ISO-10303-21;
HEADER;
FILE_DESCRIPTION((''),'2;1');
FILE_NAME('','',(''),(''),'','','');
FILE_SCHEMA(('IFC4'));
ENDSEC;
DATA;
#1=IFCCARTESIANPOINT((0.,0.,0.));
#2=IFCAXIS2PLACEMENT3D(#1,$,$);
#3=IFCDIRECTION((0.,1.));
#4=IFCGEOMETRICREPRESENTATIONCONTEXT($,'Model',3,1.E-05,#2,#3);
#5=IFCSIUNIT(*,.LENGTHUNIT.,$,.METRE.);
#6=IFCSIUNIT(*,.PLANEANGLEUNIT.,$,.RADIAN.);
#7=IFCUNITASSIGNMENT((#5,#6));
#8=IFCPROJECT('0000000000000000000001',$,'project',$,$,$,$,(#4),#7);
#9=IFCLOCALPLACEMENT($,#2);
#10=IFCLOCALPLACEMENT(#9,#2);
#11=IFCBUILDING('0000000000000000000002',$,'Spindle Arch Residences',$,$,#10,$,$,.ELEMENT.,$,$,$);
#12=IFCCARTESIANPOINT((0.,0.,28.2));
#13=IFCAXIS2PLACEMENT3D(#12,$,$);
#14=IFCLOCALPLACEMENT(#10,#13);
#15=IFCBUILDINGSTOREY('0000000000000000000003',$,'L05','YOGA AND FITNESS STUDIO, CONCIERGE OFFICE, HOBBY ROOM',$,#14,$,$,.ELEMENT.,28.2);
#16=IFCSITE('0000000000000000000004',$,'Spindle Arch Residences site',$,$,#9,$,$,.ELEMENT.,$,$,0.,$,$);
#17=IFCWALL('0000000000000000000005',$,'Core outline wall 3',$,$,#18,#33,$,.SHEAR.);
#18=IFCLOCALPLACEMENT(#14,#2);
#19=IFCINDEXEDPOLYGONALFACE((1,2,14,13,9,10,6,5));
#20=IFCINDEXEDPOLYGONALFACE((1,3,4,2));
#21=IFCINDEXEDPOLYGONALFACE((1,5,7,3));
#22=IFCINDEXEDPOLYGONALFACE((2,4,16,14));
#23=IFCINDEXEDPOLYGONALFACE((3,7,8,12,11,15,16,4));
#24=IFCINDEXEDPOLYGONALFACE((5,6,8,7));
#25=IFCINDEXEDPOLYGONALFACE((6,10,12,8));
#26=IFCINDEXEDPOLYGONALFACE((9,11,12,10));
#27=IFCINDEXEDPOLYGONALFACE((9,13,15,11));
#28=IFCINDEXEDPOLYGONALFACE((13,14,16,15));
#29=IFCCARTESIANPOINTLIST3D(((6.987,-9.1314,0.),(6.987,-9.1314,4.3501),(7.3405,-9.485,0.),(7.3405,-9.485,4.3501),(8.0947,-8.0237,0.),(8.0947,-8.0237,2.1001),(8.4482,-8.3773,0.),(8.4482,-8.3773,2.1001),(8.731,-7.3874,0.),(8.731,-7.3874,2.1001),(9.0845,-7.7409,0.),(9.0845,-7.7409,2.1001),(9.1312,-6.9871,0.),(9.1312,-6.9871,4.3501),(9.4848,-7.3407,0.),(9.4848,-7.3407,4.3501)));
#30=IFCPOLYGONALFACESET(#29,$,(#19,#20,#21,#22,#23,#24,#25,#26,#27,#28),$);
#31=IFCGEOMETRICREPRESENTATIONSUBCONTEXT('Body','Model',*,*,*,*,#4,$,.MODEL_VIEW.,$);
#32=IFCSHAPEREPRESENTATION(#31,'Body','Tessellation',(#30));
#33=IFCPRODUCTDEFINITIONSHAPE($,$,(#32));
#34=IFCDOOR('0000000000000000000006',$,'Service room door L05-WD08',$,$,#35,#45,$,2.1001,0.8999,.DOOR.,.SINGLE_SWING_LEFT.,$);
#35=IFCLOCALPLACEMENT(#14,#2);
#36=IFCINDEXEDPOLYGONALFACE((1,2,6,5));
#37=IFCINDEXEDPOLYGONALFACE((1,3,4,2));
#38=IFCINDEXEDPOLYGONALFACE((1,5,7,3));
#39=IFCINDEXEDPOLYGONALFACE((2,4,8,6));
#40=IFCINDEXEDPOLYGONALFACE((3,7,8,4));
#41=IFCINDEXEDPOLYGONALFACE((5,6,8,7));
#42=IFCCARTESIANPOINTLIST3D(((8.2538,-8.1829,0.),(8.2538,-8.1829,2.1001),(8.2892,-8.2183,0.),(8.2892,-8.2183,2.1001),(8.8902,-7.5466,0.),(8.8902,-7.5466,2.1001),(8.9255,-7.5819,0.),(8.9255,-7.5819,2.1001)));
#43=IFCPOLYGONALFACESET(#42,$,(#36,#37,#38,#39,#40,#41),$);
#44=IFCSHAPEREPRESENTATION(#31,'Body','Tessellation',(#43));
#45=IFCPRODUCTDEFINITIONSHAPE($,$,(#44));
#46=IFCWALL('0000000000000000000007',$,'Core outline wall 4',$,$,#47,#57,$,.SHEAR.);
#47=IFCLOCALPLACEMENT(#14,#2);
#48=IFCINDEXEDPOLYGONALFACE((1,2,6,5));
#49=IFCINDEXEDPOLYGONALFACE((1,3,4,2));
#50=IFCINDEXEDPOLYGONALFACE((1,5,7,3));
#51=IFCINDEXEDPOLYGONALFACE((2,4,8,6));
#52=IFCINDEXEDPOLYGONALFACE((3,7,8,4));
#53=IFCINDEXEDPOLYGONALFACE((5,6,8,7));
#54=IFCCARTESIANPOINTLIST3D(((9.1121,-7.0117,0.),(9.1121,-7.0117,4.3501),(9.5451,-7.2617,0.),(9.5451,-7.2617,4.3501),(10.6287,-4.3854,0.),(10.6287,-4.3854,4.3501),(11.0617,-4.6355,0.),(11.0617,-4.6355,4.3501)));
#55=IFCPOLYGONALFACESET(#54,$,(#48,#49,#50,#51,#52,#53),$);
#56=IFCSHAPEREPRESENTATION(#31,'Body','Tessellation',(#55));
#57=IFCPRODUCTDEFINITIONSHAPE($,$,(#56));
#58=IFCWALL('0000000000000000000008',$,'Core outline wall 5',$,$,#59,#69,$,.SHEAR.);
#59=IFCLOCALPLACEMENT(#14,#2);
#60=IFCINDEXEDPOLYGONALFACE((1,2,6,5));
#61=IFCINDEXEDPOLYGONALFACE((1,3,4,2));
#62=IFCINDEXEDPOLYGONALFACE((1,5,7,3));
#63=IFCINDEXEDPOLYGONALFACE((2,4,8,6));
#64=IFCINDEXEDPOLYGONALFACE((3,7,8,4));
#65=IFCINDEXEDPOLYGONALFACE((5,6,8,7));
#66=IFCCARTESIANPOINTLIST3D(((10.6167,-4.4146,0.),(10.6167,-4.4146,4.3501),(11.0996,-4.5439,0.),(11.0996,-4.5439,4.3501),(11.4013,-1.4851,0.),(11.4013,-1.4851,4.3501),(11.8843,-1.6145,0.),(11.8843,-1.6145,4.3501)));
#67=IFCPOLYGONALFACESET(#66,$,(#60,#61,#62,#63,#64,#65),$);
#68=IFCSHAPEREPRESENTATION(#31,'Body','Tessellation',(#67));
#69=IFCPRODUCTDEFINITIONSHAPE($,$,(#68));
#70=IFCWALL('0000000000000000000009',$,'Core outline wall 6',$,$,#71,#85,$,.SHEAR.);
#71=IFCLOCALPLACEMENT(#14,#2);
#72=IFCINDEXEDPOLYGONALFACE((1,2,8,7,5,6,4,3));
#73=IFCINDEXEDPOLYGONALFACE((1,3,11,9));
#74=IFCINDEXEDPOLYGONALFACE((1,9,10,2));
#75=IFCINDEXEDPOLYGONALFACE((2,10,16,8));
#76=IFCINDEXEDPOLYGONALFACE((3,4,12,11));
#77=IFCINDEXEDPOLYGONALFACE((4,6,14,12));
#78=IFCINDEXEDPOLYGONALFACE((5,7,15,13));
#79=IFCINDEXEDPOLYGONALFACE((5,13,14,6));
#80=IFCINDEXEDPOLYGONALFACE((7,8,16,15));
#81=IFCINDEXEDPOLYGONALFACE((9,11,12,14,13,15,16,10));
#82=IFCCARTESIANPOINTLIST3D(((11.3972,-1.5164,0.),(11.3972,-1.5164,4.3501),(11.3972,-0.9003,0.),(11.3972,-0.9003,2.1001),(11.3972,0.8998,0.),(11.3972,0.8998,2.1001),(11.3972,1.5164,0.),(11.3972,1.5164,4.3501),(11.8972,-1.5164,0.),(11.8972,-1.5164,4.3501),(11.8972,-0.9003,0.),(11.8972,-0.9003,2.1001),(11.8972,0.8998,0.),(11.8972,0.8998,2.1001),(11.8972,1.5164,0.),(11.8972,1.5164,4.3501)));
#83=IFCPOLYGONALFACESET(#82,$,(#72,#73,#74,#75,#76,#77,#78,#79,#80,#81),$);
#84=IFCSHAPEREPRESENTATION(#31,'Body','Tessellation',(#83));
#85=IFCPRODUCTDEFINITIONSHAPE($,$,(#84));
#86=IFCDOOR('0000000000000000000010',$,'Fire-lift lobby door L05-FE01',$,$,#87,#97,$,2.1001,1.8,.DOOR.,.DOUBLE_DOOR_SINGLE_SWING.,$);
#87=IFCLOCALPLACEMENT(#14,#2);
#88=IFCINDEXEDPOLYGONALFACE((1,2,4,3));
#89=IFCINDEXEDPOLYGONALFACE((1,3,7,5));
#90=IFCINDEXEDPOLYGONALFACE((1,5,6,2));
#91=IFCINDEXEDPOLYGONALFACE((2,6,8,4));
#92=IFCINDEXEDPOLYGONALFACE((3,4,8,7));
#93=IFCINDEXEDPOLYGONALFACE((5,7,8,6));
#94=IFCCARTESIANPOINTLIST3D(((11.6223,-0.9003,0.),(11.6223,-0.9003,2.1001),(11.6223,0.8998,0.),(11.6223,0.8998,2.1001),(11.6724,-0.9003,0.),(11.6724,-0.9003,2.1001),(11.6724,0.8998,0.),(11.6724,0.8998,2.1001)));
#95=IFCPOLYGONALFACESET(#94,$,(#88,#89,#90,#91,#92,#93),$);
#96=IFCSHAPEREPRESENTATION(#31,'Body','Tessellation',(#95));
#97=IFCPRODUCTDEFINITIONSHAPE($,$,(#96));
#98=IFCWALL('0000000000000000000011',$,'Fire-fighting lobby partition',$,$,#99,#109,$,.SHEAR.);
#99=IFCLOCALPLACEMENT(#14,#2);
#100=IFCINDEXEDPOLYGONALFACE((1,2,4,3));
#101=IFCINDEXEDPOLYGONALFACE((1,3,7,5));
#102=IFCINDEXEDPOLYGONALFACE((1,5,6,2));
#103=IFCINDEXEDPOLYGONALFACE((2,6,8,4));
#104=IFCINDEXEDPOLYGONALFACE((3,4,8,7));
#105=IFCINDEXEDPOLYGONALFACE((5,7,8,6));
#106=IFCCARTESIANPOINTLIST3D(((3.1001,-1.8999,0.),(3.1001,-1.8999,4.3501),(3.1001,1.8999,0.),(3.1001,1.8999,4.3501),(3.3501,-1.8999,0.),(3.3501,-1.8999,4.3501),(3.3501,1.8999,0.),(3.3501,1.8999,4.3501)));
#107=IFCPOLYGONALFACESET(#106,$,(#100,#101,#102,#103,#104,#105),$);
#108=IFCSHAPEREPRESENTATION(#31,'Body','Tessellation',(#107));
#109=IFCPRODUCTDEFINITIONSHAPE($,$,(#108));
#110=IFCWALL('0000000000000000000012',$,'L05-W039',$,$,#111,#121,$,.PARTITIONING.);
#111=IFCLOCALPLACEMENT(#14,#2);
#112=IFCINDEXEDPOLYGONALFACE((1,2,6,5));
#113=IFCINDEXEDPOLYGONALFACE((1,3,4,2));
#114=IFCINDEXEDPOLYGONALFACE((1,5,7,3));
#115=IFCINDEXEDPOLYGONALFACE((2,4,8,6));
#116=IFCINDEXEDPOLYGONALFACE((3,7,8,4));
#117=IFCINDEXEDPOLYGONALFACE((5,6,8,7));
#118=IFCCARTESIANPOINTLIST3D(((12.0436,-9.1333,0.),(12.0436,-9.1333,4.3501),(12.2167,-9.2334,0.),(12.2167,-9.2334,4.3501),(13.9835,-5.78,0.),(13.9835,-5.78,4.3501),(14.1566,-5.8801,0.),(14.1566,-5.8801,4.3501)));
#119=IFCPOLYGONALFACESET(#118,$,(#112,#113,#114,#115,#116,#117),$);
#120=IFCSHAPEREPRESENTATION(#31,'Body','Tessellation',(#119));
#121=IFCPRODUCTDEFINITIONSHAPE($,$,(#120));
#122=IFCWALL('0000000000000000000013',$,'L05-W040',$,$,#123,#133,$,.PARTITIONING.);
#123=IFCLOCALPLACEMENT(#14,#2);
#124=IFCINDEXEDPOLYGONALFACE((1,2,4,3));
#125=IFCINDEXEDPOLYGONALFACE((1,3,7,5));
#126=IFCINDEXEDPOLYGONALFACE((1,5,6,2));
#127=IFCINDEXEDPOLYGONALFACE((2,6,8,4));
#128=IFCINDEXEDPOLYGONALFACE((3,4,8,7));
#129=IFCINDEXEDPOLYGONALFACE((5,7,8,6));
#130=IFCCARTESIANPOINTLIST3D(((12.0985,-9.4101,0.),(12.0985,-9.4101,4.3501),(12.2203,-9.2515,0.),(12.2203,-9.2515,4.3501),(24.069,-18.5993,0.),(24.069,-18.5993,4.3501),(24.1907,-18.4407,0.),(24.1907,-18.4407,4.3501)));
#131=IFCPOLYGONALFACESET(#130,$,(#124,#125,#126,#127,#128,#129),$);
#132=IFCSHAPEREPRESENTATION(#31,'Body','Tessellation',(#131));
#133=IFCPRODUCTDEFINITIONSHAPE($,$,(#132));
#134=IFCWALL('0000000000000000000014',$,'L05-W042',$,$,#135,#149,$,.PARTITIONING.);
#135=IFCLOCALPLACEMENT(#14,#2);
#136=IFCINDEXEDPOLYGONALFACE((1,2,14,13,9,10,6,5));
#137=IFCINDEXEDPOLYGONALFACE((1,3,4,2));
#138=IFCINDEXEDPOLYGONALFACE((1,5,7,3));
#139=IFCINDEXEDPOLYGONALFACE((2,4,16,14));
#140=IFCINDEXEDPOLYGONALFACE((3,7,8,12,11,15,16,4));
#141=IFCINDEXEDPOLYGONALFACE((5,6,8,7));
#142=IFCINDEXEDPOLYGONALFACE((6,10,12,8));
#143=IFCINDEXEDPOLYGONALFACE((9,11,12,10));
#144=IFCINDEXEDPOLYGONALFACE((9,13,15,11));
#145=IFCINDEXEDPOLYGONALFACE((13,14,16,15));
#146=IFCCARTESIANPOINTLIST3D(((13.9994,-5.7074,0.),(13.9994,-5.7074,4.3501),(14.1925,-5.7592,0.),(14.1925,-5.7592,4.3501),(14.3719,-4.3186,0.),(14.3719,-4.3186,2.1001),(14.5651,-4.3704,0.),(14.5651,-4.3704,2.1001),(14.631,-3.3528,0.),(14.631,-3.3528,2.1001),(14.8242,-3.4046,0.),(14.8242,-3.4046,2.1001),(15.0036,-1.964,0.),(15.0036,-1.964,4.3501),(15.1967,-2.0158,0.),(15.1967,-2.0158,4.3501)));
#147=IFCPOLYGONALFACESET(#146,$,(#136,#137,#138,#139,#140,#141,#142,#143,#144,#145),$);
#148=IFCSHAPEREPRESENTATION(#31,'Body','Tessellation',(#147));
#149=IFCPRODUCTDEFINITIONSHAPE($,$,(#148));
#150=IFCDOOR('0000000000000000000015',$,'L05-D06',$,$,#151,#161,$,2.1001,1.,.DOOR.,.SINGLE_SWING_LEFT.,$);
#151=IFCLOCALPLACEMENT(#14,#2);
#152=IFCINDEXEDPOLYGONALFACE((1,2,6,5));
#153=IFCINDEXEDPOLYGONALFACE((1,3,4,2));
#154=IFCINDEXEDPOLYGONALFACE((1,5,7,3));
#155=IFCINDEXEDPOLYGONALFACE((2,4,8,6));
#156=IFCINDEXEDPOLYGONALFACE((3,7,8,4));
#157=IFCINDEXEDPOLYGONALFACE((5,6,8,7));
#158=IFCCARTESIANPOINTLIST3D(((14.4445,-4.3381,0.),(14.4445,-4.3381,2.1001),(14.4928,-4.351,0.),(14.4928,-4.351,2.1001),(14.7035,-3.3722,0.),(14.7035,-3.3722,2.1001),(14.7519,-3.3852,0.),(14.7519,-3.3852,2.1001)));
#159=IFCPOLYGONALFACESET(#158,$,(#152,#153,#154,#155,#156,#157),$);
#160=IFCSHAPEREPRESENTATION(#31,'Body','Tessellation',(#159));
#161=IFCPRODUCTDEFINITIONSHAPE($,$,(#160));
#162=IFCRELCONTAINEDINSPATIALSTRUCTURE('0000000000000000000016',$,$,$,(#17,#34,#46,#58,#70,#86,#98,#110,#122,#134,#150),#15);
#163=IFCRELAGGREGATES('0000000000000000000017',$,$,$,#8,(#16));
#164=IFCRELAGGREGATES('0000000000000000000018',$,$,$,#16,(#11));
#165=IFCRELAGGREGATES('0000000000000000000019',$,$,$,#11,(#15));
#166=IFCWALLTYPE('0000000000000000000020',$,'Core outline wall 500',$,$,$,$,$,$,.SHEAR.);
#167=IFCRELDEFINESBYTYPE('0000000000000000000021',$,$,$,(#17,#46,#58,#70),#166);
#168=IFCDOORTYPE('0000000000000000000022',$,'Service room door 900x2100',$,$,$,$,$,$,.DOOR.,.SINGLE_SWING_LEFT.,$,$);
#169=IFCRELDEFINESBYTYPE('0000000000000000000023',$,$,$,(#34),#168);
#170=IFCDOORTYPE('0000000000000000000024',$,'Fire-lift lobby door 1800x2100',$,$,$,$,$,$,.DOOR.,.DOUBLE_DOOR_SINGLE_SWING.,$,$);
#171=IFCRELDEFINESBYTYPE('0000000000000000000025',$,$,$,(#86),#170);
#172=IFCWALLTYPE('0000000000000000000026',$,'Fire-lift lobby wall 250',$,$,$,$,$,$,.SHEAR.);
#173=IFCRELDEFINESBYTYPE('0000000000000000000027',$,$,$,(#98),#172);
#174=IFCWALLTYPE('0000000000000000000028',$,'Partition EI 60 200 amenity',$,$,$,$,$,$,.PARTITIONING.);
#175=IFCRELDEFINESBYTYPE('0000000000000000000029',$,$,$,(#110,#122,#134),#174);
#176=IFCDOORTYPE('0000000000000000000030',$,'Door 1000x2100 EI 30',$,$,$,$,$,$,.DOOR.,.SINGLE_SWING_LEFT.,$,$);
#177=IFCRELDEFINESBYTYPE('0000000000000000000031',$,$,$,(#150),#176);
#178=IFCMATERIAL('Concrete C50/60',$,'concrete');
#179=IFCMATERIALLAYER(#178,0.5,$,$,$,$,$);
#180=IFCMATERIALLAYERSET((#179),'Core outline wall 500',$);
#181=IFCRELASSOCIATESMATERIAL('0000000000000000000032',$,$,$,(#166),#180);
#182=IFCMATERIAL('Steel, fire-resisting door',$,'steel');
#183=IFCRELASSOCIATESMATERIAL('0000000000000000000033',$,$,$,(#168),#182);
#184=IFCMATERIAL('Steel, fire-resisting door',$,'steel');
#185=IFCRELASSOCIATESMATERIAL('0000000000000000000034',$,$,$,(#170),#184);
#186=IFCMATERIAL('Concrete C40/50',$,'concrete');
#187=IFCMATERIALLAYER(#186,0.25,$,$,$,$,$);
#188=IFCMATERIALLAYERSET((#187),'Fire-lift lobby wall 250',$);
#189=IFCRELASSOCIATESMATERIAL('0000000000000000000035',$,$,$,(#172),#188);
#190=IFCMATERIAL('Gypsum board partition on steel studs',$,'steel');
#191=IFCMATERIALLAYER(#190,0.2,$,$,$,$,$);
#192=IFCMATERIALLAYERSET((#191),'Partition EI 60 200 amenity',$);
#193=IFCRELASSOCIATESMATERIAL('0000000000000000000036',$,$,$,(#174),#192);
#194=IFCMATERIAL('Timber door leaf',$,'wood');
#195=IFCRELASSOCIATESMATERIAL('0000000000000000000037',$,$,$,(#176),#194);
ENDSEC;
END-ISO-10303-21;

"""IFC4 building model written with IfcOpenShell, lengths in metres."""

from ifc_helpers import new_model, si_unit, direction, frame, frame_2d, origin, place, context, subcontext, project, spatial, rectangle, extrude, material, layer, layer_set, type_object, element, fill, save


model = new_model("IFC4")

# Units and contexts
model_context = context("Model", 3, precision=1e-05, world=origin(), true_north=direction((0.0, 1.0)))
body_context = subcontext(model_context, "Body", "Model", "MODEL_VIEW")
ifc_project = project(units=[si_unit("LENGTHUNIT", "METRE"), si_unit("PLANEANGLEUNIT", "RADIAN")], contexts=[model_context])

# Site, building, storey
site_placement = place(None, origin())
site = spatial("IfcSite", under=ifc_project, at=site_placement, Name="Spindle Arch Residences site", CompositionType="ELEMENT", RefElevation=0.0)
building_placement = place(site_placement, origin())
building = spatial("IfcBuilding", under=site, at=building_placement, Name="Spindle Arch Residences", CompositionType="ELEMENT")
storey_placement = place(building_placement, frame((0.0, 0.0, 28.2)))
storey = spatial("IfcBuildingStorey", under=building, at=storey_placement, Name="L05", Description="YOGA AND FITNESS STUDIO, CONCIERGE OFFICE, HOBBY ROOM", CompositionType="ELEMENT", Elevation=28.2)

# Wall, opening, door
ifc_material_1 = material(Name="Concrete C50/60", Category="concrete")
ifc_layer_1 = layer(ifc_material_1, 0.5)
ifc_layer_set_1 = layer_set([ifc_layer_1], Name="Core outline wall 500")
wall_type_1 = type_object("IfcWallType", Name="Core outline wall 500", PredefinedType="SHEAR", material=ifc_layer_set_1)
wall_1_placement = place(storey_placement, frame((7.1638, -9.3081, 0.0), z_axis=(0.0, 0.0, 1.0), x_axis=(0.707107, 0.707107, 0.0)))
wall_1 = element("IfcWall", 1, at=wall_1_placement, inside=storey, type_object=wall_type_1, Name="Core outline wall 3", PredefinedType="SHEAR", context=body_context, shape_type="SweptSolid", body=[
    extrude(rectangle(XDim=3.0325, YDim=0.5, at=frame_2d((1.5161, 0.0))), origin(), (0.0, 0.0, 1.0), 4.3501),
])
opening_1_placement = place(wall_1_placement, frame((1.5664, 0.0, 0.0)))
opening_1 = element("IfcOpeningElement", 2, at=opening_1_placement, cuts=wall_1, PredefinedType="OPENING", context=body_context, shape_type="SweptSolid", body=[
    extrude(rectangle(XDim=0.8999, YDim=2.1001, at=frame_2d((0.45, 1.05))), frame((0.0, 0.26, 0.0), z_axis=(0.0, -1.0, 0.0), x_axis=(1.0, 0.0, 0.0)), (0.0, 0.0, 1.0), 0.52),
])
ifc_material_2 = material(Name="Steel, fire-resisting door", Category="steel")
door_type_1 = type_object("IfcDoorType", Name="Service room door 900x2100", OperationType="SINGLE_SWING_LEFT", PredefinedType="DOOR", material=ifc_material_2)
door_1_placement = place(opening_1_placement, origin())
door_1 = element("IfcDoor", 3, at=door_1_placement, inside=storey, type_object=door_type_1, Name="Service room door L05-WD08", OperationType="SINGLE_SWING_LEFT", OverallHeight=2.1001, OverallWidth=0.8999, PredefinedType="DOOR", context=body_context, shape_type="SweptSolid", body=[
    extrude(rectangle(XDim=0.8999, YDim=2.1001, at=frame_2d((0.45, 1.05))), frame((0.0, 0.0249, 0.0), z_axis=(0.0, -1.0, 0.0), x_axis=(1.0, 0.0, 0.0)), (0.0, 0.0, 1.0), 0.05),
])
fill(opening_1, door_1)

# Walls
for number, where, z_axis, x_axis, name in (
    (4, (9.3286, -7.1367, 0.0), (0.0, 0.0, 1.0), (0.500087, 0.865975, 0.0), "Core outline wall 4"),
    (5, (10.8582, -4.4792, 0.0), (0.0, 0.0, 1.0), (0.258735, 0.965948, 0.0), "Core outline wall 5"),
):
    element("IfcWall", number, at=place(storey_placement, frame(where, z_axis=z_axis, x_axis=x_axis)), inside=storey, type_object=wall_type_1, Name=name, PredefinedType="SHEAR", context=body_context, shape_type="SweptSolid", body=[
        extrude(rectangle(XDim=3.0327, YDim=0.5, at=frame_2d((1.5164, 0.0))), origin(), (0.0, 0.0, 1.0), 4.3501),
    ])

# Wall, opening, door
wall_2_placement = place(storey_placement, frame((11.6472, -1.5164, 0.0), z_axis=(0.0, 0.0, 1.0), x_axis=(0.0, 1.0, 0.0)))
wall_2 = element("IfcWall", 6, at=wall_2_placement, inside=storey, type_object=wall_type_1, Name="Core outline wall 6", PredefinedType="SHEAR", context=body_context, shape_type="SweptSolid", body=[
    extrude(rectangle(XDim=3.0327, YDim=0.5, at=frame_2d((1.5164, 0.0))), origin(), (0.0, 0.0, 1.0), 4.3501),
])
opening_2_placement = place(wall_2_placement, frame((0.6162, 0.0, 0.0)))
opening_2 = element("IfcOpeningElement", 7, at=opening_2_placement, cuts=wall_2, PredefinedType="OPENING", context=body_context, shape_type="SweptSolid", body=[
    extrude(rectangle(XDim=1.8, YDim=2.1001, at=frame_2d((0.8999, 1.05))), frame((0.0, 0.26, 0.0), z_axis=(0.0, -1.0, 0.0), x_axis=(1.0, 0.0, 0.0)), (0.0, 0.0, 1.0), 0.52),
])
ifc_material_3 = material(Name="Steel, fire-resisting door", Category="steel")
door_type_2 = type_object("IfcDoorType", Name="Fire-lift lobby door 1800x2100", OperationType="DOUBLE_DOOR_SINGLE_SWING", PredefinedType="DOOR", material=ifc_material_3)
door_2_placement = place(opening_2_placement, origin())
door_2 = element("IfcDoor", 8, at=door_2_placement, inside=storey, type_object=door_type_2, Name="Fire-lift lobby door L05-FE01", OperationType="DOUBLE_DOOR_SINGLE_SWING", OverallHeight=2.1001, OverallWidth=1.8, PredefinedType="DOOR", context=body_context, shape_type="SweptSolid", body=[
    extrude(rectangle(XDim=1.8, YDim=2.1001, at=frame_2d((0.8999, 1.05))), frame((0.0, 0.0249, 0.0), z_axis=(0.0, -1.0, 0.0), x_axis=(1.0, 0.0, 0.0)), (0.0, 0.0, 1.0), 0.05),
])
fill(opening_2, door_2)

# Wall
ifc_material_4 = material(Name="Concrete C40/50", Category="concrete")
ifc_layer_2 = layer(ifc_material_4, 0.25)
ifc_layer_set_2 = layer_set([ifc_layer_2], Name="Fire-lift lobby wall 250")
wall_type_2 = type_object("IfcWallType", Name="Fire-lift lobby wall 250", PredefinedType="SHEAR", material=ifc_layer_set_2)
wall_3_placement = place(storey_placement, frame((3.2251, -1.8999, 0.0), z_axis=(0.0, 0.0, 1.0), x_axis=(0.0, 1.0, 0.0)))
element("IfcWall", 9, at=wall_3_placement, inside=storey, type_object=wall_type_2, Name="Fire-fighting lobby partition", PredefinedType="SHEAR", context=body_context, shape_type="SweptSolid", body=[
    extrude(rectangle(XDim=3.7998, YDim=0.25, at=frame_2d((1.8999, 0.0))), origin(), (0.0, 0.0, 1.0), 4.3501),
])

# Walls
ifc_material_5 = material(Name="Gypsum board partition on steel studs", Category="steel")
ifc_layer_3 = layer(ifc_material_5, 0.2)
ifc_layer_set_3 = layer_set([ifc_layer_3], Name="Partition EI 60 200 amenity")
wall_type_3 = type_object("IfcWallType", Name="Partition EI 60 200 amenity", PredefinedType="PARTITIONING", material=ifc_layer_set_3)
wall_4_placement = place(storey_placement, frame((12.1301, -9.1833, 0.0), z_axis=(0.0, 0.0, 1.0), x_axis=(0.50076, 0.865586, 0.0)))
element("IfcWall", 10, at=wall_4_placement, inside=storey, type_object=wall_type_3, Name="L05-W039", PredefinedType="PARTITIONING", context=body_context, shape_type="SweptSolid", body=[
    extrude(rectangle(XDim=3.874, YDim=0.2, at=frame_2d((1.937, 0.0))), origin(), (0.0, 0.0, 1.0), 4.3501),
])
wall_5_placement = place(storey_placement, frame((12.1594, -9.3308, 0.0), z_axis=(0.0, 0.0, 1.0), x_axis=(0.793227, -0.608926, 0.0)))
element("IfcWall", 11, at=wall_5_placement, inside=storey, type_object=wall_type_3, Name="L05-W040", PredefinedType="PARTITIONING", context=body_context, shape_type="SweptSolid", body=[
    extrude(rectangle(XDim=15.0908, YDim=0.2, at=frame_2d((7.5454, 0.0))), origin(), (0.0, 0.0, 1.0), 4.3501),
])

# Wall, opening, door
wall_6_placement = place(storey_placement, frame((14.0959, -5.7334, 0.0), z_axis=(0.0, 0.0, 1.0), x_axis=(0.259086, 0.965854, 0.0)))
wall_6 = element("IfcWall", 12, at=wall_6_placement, inside=storey, type_object=wall_type_3, Name="L05-W042", PredefinedType="PARTITIONING", context=body_context, shape_type="SweptSolid", body=[
    extrude(rectangle(XDim=3.8757, YDim=0.2, at=frame_2d((1.938, 0.0))), origin(), (0.0, 0.0, 1.0), 4.3501),
])
opening_3_placement = place(wall_6_placement, frame((1.438, 0.0, 0.0)))
opening_3 = element("IfcOpeningElement", 13, at=opening_3_placement, cuts=wall_6, PredefinedType="OPENING", context=body_context, shape_type="SweptSolid", body=[
    extrude(rectangle(XDim=1.0, YDim=2.1001, at=frame_2d((0.5, 1.05))), frame((0.0, 0.1099, 0.0), z_axis=(0.0, -1.0, 0.0), x_axis=(1.0, 0.0, 0.0)), (0.0, 0.0, 1.0), 0.22),
])
ifc_material_6 = material(Name="Timber door leaf", Category="wood")
door_type_3 = type_object("IfcDoorType", Name="Door 1000x2100 EI 30", OperationType="SINGLE_SWING_LEFT", PredefinedType="DOOR", material=ifc_material_6)
door_3_placement = place(opening_3_placement, origin())
door_3 = element("IfcDoor", 14, at=door_3_placement, inside=storey, type_object=door_type_3, Name="L05-D06", OperationType="SINGLE_SWING_LEFT", OverallHeight=2.1001, OverallWidth=1.0, PredefinedType="DOOR", context=body_context, shape_type="SweptSolid", body=[
    extrude(rectangle(XDim=1.0, YDim=2.1001, at=frame_2d((0.5, 1.05))), frame((0.0, 0.0249, 0.0), z_axis=(0.0, -1.0, 0.0), x_axis=(1.0, 0.0, 0.0)), (0.0, 0.0, 1.0), 0.05),
])
fill(opening_3, door_3)

save(model, "model.ifc")
